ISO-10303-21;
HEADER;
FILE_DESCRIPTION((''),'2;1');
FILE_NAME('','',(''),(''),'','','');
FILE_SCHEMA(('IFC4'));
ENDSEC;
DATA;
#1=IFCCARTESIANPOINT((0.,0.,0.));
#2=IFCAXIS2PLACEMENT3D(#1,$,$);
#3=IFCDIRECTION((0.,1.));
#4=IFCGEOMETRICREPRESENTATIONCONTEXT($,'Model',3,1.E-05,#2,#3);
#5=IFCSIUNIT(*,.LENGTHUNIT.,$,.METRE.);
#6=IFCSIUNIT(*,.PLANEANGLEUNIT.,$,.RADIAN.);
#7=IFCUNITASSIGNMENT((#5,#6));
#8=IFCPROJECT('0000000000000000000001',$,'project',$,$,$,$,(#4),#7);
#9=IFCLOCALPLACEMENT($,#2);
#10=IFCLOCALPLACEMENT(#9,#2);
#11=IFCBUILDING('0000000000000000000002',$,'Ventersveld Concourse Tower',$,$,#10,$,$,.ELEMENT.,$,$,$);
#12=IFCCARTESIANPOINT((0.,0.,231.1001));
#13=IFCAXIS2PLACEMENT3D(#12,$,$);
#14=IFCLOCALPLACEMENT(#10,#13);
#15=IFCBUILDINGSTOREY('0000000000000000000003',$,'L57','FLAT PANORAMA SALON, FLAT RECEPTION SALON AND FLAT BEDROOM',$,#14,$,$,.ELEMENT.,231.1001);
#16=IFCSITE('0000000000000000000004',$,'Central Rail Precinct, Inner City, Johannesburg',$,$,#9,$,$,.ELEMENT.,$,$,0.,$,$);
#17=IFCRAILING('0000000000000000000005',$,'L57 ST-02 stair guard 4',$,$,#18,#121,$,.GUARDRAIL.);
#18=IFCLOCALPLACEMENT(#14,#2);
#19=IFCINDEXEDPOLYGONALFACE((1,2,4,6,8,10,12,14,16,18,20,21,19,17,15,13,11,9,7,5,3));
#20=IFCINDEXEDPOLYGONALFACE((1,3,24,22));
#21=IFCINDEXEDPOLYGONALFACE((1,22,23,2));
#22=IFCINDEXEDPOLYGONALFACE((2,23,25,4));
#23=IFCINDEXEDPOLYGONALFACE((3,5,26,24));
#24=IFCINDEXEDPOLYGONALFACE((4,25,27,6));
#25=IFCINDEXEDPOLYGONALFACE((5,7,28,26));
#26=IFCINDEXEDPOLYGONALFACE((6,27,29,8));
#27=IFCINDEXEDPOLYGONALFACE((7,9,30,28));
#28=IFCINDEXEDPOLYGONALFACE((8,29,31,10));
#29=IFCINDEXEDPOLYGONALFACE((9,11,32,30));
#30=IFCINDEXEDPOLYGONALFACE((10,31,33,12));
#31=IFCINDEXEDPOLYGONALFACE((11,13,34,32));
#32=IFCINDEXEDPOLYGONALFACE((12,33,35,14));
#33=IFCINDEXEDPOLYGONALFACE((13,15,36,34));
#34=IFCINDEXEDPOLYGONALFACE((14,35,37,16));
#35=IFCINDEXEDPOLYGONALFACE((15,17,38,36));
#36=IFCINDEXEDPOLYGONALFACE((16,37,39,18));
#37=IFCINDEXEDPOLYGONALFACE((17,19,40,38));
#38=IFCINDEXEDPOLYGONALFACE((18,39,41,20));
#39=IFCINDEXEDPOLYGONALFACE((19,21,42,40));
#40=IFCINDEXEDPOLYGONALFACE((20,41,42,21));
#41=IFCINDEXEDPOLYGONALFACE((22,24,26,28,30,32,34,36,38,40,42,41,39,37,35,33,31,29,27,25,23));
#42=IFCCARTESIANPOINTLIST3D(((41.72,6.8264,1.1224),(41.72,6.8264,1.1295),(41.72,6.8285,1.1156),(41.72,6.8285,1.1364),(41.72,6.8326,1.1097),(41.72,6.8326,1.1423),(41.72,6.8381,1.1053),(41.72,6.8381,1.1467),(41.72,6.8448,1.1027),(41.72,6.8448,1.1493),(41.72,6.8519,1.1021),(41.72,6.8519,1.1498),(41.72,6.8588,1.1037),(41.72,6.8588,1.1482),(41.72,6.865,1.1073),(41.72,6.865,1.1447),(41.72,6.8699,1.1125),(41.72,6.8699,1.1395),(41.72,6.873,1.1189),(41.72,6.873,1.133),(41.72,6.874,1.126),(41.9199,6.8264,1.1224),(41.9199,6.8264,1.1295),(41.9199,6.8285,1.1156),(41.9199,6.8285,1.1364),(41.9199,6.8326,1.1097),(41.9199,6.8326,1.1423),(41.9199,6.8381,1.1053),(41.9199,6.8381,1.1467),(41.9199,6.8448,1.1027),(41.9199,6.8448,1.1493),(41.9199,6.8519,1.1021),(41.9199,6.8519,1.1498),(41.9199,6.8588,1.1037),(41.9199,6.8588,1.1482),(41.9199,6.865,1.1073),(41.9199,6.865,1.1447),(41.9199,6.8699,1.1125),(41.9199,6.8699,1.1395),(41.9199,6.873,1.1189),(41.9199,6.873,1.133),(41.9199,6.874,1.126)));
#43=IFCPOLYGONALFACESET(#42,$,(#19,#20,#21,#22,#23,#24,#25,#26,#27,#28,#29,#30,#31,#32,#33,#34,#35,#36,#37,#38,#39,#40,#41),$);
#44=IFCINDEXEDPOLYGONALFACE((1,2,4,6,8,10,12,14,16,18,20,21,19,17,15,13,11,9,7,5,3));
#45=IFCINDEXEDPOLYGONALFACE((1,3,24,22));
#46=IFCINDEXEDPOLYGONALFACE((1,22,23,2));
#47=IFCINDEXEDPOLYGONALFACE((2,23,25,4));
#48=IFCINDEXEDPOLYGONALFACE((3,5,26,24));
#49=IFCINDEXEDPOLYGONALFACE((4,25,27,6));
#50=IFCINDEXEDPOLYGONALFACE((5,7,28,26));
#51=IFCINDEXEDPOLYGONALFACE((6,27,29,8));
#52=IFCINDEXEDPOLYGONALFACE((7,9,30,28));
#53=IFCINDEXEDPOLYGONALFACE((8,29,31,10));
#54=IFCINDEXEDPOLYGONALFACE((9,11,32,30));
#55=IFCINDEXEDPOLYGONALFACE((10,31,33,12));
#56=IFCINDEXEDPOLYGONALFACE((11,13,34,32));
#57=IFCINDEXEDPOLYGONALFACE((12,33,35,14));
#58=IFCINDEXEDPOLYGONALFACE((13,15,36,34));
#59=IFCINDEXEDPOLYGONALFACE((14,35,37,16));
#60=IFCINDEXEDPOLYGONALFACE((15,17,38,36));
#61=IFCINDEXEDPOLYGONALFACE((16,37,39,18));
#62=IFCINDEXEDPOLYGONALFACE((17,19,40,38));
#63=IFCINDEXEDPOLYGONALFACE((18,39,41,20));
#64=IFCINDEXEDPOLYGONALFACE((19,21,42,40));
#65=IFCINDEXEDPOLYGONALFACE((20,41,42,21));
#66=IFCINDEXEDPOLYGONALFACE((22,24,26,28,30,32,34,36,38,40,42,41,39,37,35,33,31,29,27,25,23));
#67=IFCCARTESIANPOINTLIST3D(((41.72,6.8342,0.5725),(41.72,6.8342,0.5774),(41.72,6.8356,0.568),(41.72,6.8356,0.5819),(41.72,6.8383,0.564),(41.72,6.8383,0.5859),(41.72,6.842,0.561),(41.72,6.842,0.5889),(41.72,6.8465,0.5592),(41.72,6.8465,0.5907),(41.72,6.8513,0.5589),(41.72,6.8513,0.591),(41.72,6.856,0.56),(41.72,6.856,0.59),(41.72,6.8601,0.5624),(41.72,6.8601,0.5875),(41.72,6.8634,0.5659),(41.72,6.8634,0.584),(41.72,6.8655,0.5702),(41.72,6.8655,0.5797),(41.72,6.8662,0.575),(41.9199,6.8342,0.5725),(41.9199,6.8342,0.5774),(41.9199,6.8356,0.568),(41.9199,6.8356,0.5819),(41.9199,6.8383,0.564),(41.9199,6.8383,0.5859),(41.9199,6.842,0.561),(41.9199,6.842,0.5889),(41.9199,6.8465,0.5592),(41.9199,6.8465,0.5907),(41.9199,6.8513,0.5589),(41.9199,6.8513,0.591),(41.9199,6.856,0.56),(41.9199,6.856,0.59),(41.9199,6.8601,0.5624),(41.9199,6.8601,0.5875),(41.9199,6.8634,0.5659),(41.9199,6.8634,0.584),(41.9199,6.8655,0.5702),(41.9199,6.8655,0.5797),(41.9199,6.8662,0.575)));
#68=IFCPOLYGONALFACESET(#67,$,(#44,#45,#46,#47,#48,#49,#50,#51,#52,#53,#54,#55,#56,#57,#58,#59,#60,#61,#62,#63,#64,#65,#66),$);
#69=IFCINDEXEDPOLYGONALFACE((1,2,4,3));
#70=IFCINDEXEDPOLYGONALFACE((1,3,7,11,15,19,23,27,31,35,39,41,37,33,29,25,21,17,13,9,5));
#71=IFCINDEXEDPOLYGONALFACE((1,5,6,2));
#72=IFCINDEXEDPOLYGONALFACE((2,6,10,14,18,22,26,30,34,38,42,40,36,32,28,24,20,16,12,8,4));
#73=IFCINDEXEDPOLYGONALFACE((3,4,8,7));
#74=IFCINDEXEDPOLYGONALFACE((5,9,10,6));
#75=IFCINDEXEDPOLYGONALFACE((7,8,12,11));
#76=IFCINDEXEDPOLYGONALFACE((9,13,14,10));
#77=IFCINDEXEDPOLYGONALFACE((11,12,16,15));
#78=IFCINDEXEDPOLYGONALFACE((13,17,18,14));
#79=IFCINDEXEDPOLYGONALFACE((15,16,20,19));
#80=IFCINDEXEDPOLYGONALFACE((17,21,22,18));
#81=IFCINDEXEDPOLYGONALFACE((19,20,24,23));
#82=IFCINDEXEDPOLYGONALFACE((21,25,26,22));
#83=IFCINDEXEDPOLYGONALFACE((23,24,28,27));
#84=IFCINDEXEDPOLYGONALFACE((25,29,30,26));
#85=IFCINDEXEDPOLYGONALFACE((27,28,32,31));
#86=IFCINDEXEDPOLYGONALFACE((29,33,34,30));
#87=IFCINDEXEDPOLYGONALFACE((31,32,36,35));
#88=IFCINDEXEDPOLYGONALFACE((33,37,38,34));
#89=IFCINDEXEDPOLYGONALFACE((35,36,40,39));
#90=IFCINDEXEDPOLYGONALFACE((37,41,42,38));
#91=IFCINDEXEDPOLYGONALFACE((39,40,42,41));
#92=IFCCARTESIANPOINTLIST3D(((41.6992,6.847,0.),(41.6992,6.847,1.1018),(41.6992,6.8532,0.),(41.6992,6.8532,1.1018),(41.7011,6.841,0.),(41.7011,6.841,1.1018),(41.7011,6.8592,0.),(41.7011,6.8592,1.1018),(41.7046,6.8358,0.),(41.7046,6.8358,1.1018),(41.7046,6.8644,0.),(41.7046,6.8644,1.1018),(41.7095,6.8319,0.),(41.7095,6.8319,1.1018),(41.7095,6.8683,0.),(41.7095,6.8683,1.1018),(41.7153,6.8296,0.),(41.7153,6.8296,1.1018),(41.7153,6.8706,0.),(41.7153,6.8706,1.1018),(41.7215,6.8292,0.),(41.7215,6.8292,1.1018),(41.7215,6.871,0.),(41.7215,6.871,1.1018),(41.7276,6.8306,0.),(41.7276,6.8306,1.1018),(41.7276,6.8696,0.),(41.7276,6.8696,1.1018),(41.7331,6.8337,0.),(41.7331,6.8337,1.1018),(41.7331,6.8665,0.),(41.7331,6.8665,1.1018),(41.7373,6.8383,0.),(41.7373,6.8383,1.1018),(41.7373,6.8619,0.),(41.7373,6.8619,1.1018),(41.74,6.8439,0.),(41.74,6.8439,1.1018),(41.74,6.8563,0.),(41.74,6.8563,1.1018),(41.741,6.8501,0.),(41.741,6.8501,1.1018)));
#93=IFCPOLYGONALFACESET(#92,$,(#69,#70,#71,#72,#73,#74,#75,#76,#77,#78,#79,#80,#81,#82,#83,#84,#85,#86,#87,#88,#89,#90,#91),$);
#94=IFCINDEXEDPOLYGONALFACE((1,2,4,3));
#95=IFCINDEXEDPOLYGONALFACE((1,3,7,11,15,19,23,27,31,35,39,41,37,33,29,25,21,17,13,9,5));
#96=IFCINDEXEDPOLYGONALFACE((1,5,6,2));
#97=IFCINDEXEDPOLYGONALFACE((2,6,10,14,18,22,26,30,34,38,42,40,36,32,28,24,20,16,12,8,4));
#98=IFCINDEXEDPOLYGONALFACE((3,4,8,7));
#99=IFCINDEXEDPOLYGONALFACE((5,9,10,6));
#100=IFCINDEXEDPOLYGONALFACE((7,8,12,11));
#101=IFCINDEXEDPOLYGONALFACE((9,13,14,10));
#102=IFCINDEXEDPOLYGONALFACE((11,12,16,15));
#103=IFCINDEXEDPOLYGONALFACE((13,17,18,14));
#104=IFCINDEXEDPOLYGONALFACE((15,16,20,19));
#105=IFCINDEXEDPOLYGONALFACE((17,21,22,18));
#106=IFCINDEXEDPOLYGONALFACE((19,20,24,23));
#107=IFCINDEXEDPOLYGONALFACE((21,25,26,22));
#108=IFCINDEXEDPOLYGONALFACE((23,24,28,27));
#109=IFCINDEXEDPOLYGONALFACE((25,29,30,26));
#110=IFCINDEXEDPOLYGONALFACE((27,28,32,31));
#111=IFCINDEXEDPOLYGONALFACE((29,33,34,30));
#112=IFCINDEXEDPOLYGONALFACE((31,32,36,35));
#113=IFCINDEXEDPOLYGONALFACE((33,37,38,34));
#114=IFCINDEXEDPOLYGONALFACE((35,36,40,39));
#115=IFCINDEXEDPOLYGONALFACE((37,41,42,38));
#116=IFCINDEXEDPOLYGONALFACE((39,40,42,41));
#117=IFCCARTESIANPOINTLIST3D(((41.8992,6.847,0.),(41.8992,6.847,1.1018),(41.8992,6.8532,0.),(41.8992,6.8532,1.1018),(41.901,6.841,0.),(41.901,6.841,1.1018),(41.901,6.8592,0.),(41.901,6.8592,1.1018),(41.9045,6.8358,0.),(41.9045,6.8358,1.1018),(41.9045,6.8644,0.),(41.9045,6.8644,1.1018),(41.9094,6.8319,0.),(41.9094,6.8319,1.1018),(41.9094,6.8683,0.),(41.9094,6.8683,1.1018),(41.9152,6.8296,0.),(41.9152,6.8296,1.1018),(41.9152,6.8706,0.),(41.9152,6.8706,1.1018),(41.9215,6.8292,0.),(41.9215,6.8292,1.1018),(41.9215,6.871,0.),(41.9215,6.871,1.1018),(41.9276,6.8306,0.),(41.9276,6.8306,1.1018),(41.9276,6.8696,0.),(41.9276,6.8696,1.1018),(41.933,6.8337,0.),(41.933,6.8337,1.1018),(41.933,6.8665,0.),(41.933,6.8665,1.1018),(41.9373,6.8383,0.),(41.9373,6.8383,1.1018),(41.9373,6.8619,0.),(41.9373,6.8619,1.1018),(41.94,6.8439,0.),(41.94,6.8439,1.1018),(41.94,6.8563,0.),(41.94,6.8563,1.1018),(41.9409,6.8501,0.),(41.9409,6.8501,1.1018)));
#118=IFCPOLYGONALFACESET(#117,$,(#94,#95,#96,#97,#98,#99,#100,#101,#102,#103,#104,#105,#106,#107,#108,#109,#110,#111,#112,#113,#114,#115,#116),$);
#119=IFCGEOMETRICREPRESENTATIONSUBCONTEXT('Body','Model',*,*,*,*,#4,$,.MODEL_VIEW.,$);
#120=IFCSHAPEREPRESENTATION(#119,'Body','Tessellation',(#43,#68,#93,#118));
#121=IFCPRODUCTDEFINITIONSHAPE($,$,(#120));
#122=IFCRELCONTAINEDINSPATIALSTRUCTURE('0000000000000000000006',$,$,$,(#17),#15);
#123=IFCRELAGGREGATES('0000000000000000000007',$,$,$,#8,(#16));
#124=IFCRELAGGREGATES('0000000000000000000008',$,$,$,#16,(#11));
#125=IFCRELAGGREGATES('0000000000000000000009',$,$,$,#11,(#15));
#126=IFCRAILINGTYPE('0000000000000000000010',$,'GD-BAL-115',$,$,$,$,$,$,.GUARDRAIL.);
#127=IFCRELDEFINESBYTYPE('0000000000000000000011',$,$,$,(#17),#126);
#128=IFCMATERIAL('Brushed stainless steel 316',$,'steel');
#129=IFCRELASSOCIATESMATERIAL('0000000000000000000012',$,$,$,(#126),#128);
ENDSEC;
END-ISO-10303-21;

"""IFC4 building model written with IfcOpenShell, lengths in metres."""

from ifc_helpers import new_model, si_unit, direction, frame, origin, origin_2d, place, context, subcontext, project, spatial, circle, extrude, material, type_object, element, save


model = new_model("IFC4")

# Units and contexts
model_context = context("Model", 3, precision=1e-05, world=origin(), true_north=direction((0.0, 1.0)))
body_context = subcontext(model_context, "Body", "Model", "MODEL_VIEW")
ifc_project = project(units=[si_unit("LENGTHUNIT", "METRE"), si_unit("PLANEANGLEUNIT", "RADIAN")], contexts=[model_context])

# Site, building, storey
site_placement = place(None, origin())
site = spatial("IfcSite", under=ifc_project, at=site_placement, Name="Central Rail Precinct, Inner City, Johannesburg", CompositionType="ELEMENT", RefElevation=0.0)
building_placement = place(site_placement, origin())
building = spatial("IfcBuilding", under=site, at=building_placement, Name="Ventersveld Concourse Tower", CompositionType="ELEMENT")
storey_placement = place(building_placement, frame((0.0, 0.0, 231.1001)))
storey = spatial("IfcBuildingStorey", under=building, at=storey_placement, Name="L57", Description="FLAT PANORAMA SALON, FLAT RECEPTION SALON AND FLAT BEDROOM", CompositionType="ELEMENT", Elevation=231.1001)

# Railing
ifc_material_1 = material(Name="Brushed stainless steel 316", Category="steel")
railing_type_1 = type_object("IfcRailingType", Name="GD-BAL-115", PredefinedType="GUARDRAIL", material=ifc_material_1)
railing_1_placement = place(storey_placement, frame((41.72, 6.8501, 0.0)))
element("IfcRailing", 1, at=railing_1_placement, inside=storey, type_object=railing_type_1, Name="L57 ST-02 stair guard 4", PredefinedType="GUARDRAIL", context=body_context, shape_type="SweptSolid", body=[
    extrude(circle(Radius=0.0239, at=origin_2d()), frame((0.0, 0.0, 1.126), z_axis=(1.0, 0.0, 0.0), x_axis=(0.0, 1.0, 0.0)), (0.0, 0.0, 1.0), 0.2),
    extrude(circle(Radius=0.0161, at=origin_2d()), frame((0.0, 0.0, 0.575), z_axis=(1.0, 0.0, 0.0), x_axis=(0.0, 1.0, 0.0)), (0.0, 0.0, 1.0), 0.2),
    extrude(circle(Radius=0.021, at=origin_2d()), origin(), (0.0, 0.0, 1.0), 1.1018),
    extrude(circle(Radius=0.021, at=origin_2d()), frame((0.2, 0.0, 0.0)), (0.0, 0.0, 1.0), 1.1018),
])

save(model, "model.ifc")
